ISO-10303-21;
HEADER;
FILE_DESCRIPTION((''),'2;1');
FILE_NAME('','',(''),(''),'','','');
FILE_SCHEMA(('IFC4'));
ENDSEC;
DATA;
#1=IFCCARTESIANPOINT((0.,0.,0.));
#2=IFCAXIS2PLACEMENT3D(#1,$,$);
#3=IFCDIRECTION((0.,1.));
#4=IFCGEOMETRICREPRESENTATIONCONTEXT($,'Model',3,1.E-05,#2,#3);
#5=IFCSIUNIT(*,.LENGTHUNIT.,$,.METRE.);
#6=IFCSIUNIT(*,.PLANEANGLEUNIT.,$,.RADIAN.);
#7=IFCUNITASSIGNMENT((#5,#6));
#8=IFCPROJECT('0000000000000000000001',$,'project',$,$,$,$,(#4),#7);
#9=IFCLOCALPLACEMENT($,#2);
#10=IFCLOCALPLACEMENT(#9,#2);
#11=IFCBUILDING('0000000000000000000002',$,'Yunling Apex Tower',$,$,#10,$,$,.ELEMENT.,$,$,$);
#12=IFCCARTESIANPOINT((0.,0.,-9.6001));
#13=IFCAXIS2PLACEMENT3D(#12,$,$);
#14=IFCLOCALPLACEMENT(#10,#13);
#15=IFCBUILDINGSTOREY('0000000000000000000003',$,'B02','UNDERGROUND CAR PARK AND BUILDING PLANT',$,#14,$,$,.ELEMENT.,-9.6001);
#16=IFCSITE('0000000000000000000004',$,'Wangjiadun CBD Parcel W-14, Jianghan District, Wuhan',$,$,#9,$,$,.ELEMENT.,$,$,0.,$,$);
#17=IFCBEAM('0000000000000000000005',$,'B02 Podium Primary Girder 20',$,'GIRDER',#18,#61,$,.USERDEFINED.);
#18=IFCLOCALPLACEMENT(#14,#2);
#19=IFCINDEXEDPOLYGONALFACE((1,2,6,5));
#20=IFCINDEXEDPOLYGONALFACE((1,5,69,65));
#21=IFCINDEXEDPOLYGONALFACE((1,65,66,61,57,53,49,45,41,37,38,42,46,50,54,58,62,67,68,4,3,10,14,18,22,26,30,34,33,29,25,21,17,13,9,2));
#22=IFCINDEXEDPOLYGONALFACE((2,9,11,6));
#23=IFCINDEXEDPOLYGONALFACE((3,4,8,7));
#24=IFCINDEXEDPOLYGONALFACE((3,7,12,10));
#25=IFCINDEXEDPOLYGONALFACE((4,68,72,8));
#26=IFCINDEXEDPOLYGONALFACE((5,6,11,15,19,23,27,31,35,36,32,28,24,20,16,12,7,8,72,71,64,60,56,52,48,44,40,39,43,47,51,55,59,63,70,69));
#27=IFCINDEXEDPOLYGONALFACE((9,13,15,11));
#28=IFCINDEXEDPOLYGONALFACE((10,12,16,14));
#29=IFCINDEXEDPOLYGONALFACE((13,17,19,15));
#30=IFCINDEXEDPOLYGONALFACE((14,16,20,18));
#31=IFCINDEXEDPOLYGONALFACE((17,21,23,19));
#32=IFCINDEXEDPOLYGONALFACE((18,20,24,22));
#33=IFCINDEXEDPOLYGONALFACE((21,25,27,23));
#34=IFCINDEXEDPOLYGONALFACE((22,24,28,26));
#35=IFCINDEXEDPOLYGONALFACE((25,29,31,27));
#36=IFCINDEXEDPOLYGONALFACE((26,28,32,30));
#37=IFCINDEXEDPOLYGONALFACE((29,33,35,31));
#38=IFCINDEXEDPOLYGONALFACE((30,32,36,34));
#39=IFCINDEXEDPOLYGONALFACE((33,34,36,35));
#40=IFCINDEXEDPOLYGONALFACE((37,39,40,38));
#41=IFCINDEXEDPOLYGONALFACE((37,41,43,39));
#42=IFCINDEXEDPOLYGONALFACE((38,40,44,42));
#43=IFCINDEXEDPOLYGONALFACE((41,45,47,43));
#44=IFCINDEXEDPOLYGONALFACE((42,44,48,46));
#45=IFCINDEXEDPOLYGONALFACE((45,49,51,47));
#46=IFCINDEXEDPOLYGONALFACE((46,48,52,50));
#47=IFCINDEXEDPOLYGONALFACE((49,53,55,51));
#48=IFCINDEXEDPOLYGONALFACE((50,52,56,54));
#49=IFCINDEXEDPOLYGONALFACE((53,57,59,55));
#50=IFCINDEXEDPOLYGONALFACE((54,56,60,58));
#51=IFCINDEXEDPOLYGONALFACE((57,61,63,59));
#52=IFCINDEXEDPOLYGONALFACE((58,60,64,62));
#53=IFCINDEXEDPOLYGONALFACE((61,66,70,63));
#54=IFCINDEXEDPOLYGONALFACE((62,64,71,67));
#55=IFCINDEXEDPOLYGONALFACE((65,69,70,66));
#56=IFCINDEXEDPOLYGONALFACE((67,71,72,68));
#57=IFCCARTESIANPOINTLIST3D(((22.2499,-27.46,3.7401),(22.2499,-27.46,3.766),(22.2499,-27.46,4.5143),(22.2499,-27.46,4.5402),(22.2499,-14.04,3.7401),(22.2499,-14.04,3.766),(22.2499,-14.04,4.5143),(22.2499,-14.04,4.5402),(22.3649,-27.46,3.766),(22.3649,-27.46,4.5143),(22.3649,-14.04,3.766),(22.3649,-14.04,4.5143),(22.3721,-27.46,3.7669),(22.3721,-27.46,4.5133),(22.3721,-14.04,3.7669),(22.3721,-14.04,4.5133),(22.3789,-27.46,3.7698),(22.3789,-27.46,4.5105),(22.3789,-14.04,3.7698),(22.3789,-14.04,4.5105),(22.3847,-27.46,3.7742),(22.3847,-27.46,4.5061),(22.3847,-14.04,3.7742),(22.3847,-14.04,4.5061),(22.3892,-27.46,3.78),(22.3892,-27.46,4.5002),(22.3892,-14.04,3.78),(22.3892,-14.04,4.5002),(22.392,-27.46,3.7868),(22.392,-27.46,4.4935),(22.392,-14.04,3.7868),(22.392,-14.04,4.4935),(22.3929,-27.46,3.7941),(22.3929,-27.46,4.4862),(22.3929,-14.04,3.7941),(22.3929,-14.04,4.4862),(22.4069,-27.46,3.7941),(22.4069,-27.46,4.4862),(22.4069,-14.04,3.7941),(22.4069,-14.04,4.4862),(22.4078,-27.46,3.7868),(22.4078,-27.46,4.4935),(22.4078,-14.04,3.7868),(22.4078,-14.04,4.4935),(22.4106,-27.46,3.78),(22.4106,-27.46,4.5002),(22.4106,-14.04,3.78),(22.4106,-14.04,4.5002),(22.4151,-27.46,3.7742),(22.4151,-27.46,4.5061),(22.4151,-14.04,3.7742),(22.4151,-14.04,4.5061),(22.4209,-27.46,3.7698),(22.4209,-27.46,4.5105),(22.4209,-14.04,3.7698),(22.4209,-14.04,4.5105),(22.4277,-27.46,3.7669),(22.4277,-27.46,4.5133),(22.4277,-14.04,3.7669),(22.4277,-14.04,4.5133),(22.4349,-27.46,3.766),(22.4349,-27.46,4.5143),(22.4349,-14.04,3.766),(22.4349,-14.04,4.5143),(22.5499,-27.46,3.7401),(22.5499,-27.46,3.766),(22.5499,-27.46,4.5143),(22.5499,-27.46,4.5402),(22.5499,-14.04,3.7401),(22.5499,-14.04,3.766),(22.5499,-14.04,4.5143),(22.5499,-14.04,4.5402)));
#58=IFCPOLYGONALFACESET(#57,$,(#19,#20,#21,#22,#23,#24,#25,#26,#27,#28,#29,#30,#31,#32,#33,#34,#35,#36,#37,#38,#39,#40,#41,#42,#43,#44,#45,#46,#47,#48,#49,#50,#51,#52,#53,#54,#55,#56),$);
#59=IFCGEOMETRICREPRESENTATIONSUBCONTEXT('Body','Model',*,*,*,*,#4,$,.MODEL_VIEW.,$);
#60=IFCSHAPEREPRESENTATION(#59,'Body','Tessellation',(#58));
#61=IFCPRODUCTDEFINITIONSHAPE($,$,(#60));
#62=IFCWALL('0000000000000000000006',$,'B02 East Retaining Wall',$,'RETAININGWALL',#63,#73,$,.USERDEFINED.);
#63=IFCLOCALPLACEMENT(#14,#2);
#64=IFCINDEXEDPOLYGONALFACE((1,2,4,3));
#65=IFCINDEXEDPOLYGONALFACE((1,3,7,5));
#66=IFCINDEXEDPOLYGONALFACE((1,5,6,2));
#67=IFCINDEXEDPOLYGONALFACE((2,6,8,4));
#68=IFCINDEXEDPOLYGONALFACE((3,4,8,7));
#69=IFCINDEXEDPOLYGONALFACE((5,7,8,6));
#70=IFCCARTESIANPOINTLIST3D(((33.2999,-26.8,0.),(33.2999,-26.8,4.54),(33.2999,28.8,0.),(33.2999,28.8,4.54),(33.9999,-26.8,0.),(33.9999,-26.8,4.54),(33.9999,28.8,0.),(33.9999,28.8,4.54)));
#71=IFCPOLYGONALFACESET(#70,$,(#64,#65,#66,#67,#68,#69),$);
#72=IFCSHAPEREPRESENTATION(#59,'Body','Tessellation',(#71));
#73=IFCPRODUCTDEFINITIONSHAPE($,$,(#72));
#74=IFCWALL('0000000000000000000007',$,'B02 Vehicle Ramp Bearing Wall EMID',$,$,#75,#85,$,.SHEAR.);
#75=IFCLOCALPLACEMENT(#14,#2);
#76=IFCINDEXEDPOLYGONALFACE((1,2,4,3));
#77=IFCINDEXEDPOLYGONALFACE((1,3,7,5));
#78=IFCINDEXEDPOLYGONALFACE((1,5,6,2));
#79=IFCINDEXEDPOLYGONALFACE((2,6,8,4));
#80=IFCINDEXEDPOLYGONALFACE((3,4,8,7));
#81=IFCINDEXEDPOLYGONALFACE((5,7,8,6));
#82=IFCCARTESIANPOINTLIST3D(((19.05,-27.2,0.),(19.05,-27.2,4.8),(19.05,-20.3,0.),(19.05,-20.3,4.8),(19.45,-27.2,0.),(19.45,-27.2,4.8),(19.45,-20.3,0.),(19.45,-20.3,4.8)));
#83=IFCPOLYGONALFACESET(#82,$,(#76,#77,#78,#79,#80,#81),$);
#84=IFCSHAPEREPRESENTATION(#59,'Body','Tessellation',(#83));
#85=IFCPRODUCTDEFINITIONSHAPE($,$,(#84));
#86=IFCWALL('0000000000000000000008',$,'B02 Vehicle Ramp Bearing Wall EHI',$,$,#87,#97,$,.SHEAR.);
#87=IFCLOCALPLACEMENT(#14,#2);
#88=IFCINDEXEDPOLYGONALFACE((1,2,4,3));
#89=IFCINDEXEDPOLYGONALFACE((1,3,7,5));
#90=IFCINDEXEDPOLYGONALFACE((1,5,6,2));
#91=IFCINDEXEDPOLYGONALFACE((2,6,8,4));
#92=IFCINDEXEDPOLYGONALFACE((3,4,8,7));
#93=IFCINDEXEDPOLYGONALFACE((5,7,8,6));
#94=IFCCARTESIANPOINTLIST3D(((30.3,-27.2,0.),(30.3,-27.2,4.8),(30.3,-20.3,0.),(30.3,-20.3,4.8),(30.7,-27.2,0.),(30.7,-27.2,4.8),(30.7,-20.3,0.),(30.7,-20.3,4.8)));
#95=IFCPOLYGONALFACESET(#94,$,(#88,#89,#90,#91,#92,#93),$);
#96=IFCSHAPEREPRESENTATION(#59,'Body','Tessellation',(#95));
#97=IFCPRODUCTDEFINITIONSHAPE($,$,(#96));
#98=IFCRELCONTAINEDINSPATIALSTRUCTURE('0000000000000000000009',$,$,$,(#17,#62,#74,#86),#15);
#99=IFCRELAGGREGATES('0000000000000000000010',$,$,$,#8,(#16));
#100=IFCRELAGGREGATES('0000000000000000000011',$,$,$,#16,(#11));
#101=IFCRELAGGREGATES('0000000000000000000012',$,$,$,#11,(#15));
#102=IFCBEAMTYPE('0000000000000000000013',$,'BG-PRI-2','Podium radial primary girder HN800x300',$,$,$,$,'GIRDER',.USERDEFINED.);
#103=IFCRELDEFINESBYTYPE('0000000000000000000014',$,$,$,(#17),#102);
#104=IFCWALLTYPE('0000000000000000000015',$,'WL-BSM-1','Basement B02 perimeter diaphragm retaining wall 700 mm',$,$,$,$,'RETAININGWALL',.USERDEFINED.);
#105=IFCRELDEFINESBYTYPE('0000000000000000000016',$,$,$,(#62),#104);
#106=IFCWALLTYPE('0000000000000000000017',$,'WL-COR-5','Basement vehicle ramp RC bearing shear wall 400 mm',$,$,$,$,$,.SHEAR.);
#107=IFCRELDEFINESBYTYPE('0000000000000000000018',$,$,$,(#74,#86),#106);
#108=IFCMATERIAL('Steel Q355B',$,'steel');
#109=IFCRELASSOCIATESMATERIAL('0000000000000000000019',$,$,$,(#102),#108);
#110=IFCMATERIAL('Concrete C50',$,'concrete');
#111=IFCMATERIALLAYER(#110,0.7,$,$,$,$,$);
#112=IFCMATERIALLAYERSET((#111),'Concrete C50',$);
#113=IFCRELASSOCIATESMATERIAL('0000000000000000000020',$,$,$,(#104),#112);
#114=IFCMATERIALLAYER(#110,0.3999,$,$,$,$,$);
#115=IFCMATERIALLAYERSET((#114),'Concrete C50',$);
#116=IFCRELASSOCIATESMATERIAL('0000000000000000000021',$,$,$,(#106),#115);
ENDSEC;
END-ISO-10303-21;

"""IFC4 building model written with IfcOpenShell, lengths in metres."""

from ifc_helpers import new_model, si_unit, direction, frame, frame_2d, origin, origin_2d, place, context, subcontext, project, spatial, rectangle, i_section, extrude, source, transform, mapped, material, layer, layer_set, material_profile, profile_set, type_object, element, save


model = new_model("IFC4")

# Units and contexts
model_context = context("Model", 3, precision=1e-05, world=origin(), true_north=direction((0.0, 1.0)))
body_context = subcontext(model_context, "Body", "Model", "MODEL_VIEW")
ifc_project = project(units=[si_unit("LENGTHUNIT", "METRE"), si_unit("PLANEANGLEUNIT", "RADIAN")], contexts=[model_context])

# Site, building, storey
site_placement = place(None, origin())
site = spatial("IfcSite", under=ifc_project, at=site_placement, Name="Wangjiadun CBD Parcel W-14, Jianghan District, Wuhan", CompositionType="ELEMENT", RefElevation=0.0)
building_placement = place(site_placement, origin())
building = spatial("IfcBuilding", under=site, at=building_placement, Name="Yunling Apex Tower", CompositionType="ELEMENT")
storey_placement = place(building_placement, frame((0.0, 0.0, -9.6001)))
storey = spatial("IfcBuildingStorey", under=building, at=storey_placement, Name="B02", Description="UNDERGROUND CAR PARK AND BUILDING PLANT", CompositionType="ELEMENT", Elevation=-9.6001)

# Shared definitions
ifc_material_1 = material(Name="Concrete C50", Category="concrete")

# Beam
ifc_material_2 = material(Name="Steel Q355B", Category="steel")
ifc_material_profile_1 = material_profile(ifc_material_2, i_section(OverallWidth=0.3, OverallDepth=0.8, WebThickness=0.0139, FlangeThickness=0.0259, FilletRadius=0.0281, at=origin_2d()))
ifc_profile_set_1 = profile_set([ifc_material_profile_1], Name="Steel Q355B")
beam_type_1 = type_object("IfcBeamType", Name="BG-PRI-2", Description="Podium radial primary girder HN800x300", ElementType="GIRDER", PredefinedType="USERDEFINED", material=ifc_profile_set_1)
shared_shape_1 = source(origin(), body_context, "Body", "SweptSolid", [
    extrude(i_section(OverallWidth=0.3, OverallDepth=0.8, WebThickness=0.0139, FlangeThickness=0.0259, FilletRadius=0.0281, at=origin_2d()), origin(), (0.0, 0.0, 1.0), 13.4199),
])
beam_1_placement = place(storey_placement, frame((22.3999, -14.04, 4.1401), z_axis=(0.0, -1.0, 0.0), x_axis=(1.0, 0.0, 0.0)))
element("IfcBeam", 1, at=beam_1_placement, inside=storey, type_object=beam_type_1, Name="B02 Podium Primary Girder 20", ObjectType="GIRDER", PredefinedType="USERDEFINED", context=body_context, shape_type="MappedRepresentation", body=[
    mapped(shared_shape_1, transform((0.0, 0.0, 0.0), scale=1.0)),
])

# Walls
ifc_layer_1 = layer(ifc_material_1, 0.7)
ifc_layer_set_1 = layer_set([ifc_layer_1], Name="Concrete C50")
wall_type_1 = type_object("IfcWallType", Name="WL-BSM-1", Description="Basement B02 perimeter diaphragm retaining wall 700 mm", ElementType="RETAININGWALL", PredefinedType="USERDEFINED", material=ifc_layer_set_1)
wall_placement = place(storey_placement, frame((33.6499, -26.8, 0.0), z_axis=(0.0, 0.0, 1.0), x_axis=(0.0, 1.0, 0.0)))
element("IfcWall", 2, at=wall_placement, inside=storey, type_object=wall_type_1, Name="B02 East Retaining Wall", ObjectType="RETAININGWALL", PredefinedType="USERDEFINED", context=body_context, shape_type="SweptSolid", body=[
    extrude(rectangle(XDim=55.6001, YDim=0.7, at=frame_2d((27.8, 0.0))), origin(), (0.0, 0.0, 1.0), 4.54),
])
ifc_layer_2 = layer(ifc_material_1, 0.3999)
ifc_layer_set_2 = layer_set([ifc_layer_2], Name="Concrete C50")
wall_type_2 = type_object("IfcWallType", Name="WL-COR-5", Description="Basement vehicle ramp RC bearing shear wall 400 mm", PredefinedType="SHEAR", material=ifc_layer_set_2)
for number, where, z_axis, x_axis, name in (
    (3, (19.25, -27.2, 0.0), (0.0, 0.0, 1.0), (0.0, 1.0, 0.0), "B02 Vehicle Ramp Bearing Wall EMID"),
    (4, (30.5, -27.2, 0.0), (0.0, 0.0, 1.0), (0.0, 1.0, 0.0), "B02 Vehicle Ramp Bearing Wall EHI"),
):
    element("IfcWall", number, at=place(storey_placement, frame(where, z_axis=z_axis, x_axis=x_axis)), inside=storey, type_object=wall_type_2, Name=name, PredefinedType="SHEAR", context=body_context, shape_type="SweptSolid", body=[
        extrude(rectangle(XDim=6.8999, YDim=0.3999, at=frame_2d((3.45, 0.0))), origin(), (0.0, 0.0, 1.0), 4.8),
    ])

save(model, "model.ifc")
